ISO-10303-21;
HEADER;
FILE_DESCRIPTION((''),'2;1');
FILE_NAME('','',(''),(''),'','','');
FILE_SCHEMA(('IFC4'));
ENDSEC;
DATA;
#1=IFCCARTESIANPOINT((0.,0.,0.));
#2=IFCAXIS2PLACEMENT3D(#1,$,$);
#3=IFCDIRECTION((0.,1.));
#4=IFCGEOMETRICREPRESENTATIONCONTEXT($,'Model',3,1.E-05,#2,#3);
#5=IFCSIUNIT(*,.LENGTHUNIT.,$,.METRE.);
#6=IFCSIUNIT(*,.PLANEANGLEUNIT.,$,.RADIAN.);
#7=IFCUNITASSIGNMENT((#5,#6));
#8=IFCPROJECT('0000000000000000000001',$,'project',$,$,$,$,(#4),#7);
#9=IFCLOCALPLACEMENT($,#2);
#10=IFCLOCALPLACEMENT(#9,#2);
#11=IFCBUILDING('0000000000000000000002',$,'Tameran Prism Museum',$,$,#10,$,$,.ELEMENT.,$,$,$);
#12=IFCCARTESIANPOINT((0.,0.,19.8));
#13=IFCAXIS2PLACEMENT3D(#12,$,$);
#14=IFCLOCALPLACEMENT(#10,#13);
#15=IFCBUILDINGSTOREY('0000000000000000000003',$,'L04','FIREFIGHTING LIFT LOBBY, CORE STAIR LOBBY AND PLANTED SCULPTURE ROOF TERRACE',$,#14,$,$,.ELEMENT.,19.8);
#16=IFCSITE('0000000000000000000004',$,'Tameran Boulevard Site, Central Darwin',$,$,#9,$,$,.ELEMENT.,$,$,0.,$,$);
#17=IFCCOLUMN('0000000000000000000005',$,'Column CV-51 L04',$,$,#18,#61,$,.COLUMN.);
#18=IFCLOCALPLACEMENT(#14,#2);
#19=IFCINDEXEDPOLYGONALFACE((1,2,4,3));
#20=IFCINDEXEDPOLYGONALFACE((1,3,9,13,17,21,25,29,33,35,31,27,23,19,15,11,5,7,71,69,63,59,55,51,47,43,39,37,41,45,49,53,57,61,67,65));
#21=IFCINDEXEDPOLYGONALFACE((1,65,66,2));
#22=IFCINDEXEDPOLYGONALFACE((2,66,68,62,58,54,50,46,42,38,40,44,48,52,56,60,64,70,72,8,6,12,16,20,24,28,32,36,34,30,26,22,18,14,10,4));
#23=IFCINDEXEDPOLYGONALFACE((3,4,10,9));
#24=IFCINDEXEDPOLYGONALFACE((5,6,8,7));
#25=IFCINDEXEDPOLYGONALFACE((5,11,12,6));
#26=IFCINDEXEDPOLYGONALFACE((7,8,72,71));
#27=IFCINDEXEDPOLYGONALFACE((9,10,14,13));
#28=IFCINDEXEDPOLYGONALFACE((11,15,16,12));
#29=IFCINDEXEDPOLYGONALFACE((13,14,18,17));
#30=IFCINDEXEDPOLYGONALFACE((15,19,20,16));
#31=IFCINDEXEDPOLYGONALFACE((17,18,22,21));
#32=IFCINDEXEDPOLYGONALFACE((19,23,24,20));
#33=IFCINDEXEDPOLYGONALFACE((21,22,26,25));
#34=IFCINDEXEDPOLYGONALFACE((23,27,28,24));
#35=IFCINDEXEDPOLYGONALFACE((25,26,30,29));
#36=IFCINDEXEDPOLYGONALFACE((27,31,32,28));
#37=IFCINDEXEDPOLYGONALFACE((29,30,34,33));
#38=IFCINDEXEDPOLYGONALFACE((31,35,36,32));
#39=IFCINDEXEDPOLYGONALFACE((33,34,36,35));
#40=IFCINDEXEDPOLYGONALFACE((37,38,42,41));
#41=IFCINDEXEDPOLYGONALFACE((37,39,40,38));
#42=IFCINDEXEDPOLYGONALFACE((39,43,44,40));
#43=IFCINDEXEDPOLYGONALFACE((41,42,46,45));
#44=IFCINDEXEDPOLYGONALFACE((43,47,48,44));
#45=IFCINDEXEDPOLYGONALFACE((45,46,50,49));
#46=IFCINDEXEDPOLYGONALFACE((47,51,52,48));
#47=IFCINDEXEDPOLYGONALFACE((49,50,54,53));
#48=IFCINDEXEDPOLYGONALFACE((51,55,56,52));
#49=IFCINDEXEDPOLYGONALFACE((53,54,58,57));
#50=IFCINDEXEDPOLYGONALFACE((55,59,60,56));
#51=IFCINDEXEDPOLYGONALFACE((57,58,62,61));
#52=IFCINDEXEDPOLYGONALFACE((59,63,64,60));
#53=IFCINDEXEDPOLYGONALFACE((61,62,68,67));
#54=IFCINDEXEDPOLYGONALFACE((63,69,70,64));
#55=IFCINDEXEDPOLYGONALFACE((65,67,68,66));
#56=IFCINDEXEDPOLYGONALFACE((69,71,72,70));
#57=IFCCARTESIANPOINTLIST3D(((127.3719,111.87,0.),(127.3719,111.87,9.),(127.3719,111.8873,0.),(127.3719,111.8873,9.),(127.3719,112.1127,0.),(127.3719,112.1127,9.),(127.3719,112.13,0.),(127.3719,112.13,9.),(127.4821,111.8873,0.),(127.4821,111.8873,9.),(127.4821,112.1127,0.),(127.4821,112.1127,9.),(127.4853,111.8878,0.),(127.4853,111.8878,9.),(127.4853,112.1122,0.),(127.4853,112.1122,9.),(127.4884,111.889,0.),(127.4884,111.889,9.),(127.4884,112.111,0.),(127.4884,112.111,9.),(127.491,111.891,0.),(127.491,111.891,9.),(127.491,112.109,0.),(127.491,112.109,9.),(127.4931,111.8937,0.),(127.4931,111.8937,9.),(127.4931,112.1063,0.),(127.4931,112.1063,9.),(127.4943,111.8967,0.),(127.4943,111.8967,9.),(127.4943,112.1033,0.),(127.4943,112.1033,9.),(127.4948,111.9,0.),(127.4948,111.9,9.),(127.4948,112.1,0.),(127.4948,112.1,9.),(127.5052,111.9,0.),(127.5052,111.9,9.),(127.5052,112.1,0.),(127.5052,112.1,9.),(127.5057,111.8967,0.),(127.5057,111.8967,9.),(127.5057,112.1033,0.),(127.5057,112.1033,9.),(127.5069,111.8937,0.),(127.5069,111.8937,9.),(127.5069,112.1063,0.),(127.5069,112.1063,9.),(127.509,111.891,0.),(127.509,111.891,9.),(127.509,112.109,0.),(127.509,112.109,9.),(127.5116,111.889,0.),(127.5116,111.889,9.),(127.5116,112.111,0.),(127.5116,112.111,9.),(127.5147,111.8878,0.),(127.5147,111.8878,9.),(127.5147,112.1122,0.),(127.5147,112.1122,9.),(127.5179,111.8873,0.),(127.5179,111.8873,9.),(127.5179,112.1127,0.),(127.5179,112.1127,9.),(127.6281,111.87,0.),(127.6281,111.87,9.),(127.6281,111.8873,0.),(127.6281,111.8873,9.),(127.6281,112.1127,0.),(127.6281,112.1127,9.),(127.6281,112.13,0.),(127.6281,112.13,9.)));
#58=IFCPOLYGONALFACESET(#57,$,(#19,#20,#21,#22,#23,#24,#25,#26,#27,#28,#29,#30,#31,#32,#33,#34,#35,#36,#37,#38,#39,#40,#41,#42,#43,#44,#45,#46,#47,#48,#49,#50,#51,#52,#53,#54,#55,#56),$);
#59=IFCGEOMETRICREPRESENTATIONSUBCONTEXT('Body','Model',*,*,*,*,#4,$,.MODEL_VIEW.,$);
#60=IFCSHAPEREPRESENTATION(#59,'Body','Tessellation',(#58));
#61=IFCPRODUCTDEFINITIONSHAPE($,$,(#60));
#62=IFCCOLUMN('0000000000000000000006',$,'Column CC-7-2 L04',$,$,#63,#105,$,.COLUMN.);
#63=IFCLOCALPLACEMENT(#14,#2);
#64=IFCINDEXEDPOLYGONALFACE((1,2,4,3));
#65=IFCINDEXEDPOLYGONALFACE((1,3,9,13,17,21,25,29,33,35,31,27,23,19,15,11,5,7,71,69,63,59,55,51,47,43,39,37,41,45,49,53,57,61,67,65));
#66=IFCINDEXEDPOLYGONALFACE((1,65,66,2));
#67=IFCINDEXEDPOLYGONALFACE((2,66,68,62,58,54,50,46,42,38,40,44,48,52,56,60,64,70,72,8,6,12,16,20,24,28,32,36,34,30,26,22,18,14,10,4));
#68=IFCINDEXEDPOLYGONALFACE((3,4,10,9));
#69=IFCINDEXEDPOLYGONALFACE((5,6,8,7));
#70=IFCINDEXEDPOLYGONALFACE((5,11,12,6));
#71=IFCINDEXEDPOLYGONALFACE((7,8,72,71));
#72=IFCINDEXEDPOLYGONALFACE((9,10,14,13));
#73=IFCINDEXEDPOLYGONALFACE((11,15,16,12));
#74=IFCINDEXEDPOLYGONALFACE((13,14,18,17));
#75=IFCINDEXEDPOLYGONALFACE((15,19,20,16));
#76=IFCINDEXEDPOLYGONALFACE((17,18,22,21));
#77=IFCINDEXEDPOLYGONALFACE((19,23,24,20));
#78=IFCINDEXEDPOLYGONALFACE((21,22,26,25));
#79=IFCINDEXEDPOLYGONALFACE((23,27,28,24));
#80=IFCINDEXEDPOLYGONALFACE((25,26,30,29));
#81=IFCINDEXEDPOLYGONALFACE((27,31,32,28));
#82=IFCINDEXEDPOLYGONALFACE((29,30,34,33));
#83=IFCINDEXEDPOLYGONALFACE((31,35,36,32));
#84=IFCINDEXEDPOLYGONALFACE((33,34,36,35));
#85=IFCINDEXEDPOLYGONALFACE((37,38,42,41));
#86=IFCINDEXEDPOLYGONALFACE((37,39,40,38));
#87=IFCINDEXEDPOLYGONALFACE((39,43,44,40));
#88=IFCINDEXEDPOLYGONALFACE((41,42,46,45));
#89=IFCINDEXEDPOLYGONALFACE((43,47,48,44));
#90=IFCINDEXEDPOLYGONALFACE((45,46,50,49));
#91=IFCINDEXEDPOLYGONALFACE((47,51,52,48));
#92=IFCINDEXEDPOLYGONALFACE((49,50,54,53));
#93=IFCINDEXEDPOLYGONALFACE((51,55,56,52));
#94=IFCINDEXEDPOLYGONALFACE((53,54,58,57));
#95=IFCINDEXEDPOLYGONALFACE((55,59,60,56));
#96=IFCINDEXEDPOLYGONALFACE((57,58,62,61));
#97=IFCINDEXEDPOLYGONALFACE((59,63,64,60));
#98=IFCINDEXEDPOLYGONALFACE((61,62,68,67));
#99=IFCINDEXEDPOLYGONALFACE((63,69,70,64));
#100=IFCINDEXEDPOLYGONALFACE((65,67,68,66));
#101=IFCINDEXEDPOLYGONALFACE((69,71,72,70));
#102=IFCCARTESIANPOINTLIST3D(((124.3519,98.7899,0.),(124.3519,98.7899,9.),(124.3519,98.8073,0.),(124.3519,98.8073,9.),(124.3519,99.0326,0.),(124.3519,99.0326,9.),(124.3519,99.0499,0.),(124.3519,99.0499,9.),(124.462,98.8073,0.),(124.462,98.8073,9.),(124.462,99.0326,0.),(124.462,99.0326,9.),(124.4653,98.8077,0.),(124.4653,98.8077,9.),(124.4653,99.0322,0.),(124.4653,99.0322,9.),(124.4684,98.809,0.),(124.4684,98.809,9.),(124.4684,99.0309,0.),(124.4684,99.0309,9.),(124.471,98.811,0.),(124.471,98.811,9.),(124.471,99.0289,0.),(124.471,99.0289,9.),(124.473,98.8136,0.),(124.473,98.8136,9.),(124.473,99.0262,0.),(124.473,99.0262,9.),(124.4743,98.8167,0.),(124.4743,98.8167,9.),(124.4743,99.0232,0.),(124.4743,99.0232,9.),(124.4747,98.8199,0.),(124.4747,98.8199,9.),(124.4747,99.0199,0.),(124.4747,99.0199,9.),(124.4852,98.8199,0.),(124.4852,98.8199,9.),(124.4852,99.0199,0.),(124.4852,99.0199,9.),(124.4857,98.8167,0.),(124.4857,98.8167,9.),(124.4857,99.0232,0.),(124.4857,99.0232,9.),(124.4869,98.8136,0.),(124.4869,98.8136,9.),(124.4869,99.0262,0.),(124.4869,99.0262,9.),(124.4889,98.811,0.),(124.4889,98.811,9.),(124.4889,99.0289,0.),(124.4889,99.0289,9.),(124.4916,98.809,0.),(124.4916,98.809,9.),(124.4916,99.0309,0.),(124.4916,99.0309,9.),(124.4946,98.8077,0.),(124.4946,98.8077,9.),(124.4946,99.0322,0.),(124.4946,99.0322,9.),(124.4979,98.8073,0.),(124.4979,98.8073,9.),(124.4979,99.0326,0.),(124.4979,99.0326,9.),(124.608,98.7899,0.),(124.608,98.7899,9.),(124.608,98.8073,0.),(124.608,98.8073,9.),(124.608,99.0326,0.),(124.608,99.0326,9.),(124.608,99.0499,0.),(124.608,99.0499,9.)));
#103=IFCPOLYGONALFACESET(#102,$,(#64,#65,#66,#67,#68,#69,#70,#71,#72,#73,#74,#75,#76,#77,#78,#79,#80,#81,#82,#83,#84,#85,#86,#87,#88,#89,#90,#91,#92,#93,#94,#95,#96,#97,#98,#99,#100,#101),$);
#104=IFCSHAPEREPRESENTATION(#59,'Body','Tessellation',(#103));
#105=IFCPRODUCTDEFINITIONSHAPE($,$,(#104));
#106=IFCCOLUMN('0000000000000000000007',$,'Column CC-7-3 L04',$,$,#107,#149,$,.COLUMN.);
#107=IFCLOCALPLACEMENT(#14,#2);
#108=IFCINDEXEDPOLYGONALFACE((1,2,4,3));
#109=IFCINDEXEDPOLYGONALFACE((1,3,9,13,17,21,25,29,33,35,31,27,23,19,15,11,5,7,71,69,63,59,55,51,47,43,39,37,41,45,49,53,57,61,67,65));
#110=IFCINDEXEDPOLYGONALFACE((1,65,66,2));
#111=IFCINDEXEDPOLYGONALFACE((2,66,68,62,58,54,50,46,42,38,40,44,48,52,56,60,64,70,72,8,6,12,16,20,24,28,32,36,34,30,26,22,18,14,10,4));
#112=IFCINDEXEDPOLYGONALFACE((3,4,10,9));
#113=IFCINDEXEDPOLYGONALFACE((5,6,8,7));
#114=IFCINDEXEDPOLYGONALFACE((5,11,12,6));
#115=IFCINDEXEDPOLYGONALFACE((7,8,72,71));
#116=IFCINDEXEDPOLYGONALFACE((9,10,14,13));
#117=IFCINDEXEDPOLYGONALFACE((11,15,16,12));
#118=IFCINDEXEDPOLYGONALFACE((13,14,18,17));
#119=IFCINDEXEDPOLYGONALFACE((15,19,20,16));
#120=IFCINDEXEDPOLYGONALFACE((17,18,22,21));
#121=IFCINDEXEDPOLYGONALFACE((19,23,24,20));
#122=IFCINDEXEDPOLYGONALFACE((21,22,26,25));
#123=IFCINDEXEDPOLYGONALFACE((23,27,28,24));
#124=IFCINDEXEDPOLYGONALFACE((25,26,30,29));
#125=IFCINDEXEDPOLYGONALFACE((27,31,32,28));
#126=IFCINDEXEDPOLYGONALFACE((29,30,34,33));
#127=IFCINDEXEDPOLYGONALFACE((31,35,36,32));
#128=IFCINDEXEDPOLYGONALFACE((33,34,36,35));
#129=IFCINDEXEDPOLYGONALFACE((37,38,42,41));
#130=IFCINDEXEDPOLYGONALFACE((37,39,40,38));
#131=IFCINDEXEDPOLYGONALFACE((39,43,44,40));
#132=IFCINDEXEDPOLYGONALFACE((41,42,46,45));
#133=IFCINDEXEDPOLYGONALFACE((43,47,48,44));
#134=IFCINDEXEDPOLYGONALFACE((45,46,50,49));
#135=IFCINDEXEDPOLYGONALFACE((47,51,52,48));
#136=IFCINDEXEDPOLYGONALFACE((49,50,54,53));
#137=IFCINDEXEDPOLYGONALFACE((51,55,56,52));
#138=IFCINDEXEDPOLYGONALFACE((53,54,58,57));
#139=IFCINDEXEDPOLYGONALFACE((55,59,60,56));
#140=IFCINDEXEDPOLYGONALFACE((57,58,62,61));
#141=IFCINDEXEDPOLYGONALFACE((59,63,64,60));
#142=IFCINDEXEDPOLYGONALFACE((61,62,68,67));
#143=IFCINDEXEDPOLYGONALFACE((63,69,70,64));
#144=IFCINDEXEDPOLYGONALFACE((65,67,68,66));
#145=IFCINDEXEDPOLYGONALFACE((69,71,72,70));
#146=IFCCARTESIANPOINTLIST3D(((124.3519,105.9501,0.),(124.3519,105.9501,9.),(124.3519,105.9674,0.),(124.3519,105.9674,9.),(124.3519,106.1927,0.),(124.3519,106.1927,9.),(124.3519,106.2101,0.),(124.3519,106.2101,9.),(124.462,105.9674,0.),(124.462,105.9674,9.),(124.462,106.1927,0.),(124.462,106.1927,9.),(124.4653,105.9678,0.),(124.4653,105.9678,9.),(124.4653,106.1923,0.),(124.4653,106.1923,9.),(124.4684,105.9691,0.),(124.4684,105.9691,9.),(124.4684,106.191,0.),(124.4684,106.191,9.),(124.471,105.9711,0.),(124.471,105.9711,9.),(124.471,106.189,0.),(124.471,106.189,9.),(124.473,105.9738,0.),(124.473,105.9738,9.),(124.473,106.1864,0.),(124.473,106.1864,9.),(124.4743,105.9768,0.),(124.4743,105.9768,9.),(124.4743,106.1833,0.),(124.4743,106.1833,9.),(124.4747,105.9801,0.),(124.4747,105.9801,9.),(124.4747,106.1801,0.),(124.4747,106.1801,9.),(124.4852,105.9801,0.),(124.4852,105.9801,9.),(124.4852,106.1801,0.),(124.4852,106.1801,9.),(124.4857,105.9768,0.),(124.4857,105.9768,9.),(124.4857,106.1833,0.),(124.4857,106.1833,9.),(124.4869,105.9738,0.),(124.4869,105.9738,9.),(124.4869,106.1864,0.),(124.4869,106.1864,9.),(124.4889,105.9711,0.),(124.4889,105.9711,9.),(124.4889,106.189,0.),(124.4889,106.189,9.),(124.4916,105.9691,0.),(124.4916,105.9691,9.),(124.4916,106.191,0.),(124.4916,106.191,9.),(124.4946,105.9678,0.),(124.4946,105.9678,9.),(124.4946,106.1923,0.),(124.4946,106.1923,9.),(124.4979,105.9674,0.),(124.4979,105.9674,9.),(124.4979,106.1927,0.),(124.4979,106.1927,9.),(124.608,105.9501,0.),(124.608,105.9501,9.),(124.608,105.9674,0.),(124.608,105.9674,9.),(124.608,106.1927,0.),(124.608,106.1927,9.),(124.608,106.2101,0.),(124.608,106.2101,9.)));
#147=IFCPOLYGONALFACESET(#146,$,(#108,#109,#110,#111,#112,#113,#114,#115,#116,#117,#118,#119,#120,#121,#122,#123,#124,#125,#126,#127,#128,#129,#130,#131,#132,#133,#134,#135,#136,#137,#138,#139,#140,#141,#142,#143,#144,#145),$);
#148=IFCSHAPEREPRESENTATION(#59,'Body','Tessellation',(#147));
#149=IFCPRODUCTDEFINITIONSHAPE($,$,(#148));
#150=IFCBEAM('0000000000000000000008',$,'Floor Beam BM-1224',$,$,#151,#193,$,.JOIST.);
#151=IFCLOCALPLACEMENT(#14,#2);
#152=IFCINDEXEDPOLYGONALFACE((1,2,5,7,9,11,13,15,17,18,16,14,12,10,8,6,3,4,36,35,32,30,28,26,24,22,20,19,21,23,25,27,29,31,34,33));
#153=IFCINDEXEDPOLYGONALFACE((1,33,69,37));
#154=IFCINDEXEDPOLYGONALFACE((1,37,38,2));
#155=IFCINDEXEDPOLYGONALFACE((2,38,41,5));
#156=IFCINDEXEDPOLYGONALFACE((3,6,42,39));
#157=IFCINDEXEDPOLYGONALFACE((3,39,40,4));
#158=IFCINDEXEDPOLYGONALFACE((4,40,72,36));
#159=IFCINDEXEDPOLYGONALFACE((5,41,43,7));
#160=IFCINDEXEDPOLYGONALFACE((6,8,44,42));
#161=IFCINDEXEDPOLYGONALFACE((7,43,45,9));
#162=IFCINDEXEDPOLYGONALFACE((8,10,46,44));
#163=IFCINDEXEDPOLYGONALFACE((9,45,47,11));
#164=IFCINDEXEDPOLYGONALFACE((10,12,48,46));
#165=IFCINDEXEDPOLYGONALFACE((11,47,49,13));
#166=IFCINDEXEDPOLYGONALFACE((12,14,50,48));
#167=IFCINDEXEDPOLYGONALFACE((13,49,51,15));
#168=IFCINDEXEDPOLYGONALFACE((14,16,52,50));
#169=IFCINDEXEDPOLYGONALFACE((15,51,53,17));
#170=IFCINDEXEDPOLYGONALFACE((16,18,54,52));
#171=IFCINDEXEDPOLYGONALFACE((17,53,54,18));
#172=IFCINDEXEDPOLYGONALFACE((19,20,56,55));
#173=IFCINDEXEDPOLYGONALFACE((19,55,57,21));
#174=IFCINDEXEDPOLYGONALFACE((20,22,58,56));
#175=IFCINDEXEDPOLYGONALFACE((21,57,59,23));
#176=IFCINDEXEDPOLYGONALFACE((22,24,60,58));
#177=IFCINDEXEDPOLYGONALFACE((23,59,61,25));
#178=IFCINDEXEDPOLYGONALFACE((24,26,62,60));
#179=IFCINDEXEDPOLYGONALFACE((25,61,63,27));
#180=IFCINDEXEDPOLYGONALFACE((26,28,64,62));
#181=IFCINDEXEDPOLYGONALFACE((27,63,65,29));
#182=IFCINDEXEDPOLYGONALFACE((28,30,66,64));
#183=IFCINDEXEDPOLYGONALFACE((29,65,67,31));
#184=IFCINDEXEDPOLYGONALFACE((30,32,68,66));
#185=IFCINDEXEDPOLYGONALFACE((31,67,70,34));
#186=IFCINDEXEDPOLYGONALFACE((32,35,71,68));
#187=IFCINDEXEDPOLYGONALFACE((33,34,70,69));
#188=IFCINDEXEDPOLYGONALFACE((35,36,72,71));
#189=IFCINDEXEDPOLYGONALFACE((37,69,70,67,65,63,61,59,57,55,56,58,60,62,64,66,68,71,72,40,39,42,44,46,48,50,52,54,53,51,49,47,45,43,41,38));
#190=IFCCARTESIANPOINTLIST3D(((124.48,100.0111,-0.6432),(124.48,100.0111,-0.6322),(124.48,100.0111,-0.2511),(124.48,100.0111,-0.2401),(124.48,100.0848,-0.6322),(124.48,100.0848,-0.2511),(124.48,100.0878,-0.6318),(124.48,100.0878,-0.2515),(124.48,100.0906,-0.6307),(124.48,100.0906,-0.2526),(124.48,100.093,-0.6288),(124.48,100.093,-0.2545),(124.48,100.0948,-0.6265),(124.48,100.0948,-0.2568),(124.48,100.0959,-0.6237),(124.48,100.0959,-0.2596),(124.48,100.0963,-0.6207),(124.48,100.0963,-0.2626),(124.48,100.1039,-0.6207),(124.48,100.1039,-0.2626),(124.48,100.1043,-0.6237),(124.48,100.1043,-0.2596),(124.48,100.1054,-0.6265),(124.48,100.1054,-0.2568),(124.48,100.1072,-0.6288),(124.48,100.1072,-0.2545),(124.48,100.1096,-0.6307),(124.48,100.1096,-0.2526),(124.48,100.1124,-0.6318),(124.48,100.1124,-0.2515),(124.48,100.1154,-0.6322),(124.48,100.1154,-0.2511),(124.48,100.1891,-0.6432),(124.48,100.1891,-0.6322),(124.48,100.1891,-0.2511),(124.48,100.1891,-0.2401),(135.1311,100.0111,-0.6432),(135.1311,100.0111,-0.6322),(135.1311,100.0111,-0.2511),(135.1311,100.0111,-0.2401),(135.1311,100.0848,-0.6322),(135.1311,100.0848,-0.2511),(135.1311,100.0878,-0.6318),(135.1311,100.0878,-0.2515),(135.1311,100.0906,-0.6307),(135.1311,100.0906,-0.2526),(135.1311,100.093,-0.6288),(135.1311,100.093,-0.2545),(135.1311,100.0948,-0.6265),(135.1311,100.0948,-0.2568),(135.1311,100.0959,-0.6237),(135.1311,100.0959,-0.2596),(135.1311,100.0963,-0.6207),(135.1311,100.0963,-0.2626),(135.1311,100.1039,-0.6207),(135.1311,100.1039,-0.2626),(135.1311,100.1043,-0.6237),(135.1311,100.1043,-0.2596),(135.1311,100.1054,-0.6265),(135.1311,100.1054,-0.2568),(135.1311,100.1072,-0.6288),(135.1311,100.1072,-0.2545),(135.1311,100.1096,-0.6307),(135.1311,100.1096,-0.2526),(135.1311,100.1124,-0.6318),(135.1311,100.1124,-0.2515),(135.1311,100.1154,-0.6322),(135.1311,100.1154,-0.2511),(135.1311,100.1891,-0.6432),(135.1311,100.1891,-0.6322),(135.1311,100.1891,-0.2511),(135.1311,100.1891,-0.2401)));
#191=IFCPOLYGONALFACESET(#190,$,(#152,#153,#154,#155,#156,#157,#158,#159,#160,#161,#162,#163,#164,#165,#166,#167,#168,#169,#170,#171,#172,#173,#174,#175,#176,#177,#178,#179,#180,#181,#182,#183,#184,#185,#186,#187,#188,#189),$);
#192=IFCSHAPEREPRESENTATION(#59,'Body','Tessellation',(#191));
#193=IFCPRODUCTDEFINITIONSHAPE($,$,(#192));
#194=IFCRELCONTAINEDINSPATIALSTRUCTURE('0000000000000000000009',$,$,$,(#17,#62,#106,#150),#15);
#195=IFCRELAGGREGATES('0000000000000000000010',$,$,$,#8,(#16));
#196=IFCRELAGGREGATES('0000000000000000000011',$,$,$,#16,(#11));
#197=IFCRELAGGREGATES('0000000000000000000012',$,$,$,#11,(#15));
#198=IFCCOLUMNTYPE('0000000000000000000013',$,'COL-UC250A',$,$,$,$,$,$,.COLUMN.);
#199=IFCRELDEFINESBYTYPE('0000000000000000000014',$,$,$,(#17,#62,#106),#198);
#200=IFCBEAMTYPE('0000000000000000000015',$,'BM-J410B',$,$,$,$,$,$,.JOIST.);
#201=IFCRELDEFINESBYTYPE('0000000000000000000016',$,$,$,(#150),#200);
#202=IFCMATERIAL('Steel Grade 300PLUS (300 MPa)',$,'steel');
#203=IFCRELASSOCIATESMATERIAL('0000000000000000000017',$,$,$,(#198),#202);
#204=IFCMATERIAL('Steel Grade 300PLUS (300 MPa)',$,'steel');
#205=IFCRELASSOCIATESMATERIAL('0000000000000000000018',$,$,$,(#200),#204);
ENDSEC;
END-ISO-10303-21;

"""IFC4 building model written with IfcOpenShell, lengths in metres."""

from ifc_helpers import new_model, si_unit, direction, frame, origin, origin_2d, place, context, subcontext, project, spatial, i_section, extrude, material, material_profile, profile_set, type_object, element, save


model = new_model("IFC4")

# Units and contexts
model_context = context("Model", 3, precision=1e-05, world=origin(), true_north=direction((0.0, 1.0)))
body_context = subcontext(model_context, "Body", "Model", "MODEL_VIEW")
ifc_project = project(units=[si_unit("LENGTHUNIT", "METRE"), si_unit("PLANEANGLEUNIT", "RADIAN")], contexts=[model_context])

# Site, building, storey
site_placement = place(None, origin())
site = spatial("IfcSite", under=ifc_project, at=site_placement, Name="Tameran Boulevard Site, Central Darwin", CompositionType="ELEMENT", RefElevation=0.0)
building_placement = place(site_placement, origin())
building = spatial("IfcBuilding", under=site, at=building_placement, Name="Tameran Prism Museum", CompositionType="ELEMENT")
storey_placement = place(building_placement, frame((0.0, 0.0, 19.8)))
storey = spatial("IfcBuildingStorey", under=building, at=storey_placement, Name="L04", Description="FIREFIGHTING LIFT LOBBY, CORE STAIR LOBBY AND PLANTED SCULPTURE ROOF TERRACE", CompositionType="ELEMENT", Elevation=19.8)

# Columns
ifc_material_1 = material(Name="Steel Grade 300PLUS (300 MPa)", Category="steel")
ifc_material_profile_1 = material_profile(ifc_material_1, i_section(OverallWidth=0.2561, OverallDepth=0.26, WebThickness=0.0105, FlangeThickness=0.0173, FilletRadius=0.0127, at=origin_2d()))
ifc_profile_set_1 = profile_set([ifc_material_profile_1])
column_type = type_object("IfcColumnType", Name="COL-UC250A", PredefinedType="COLUMN", material=ifc_profile_set_1)
for number, where, z_axis, x_axis, name in (
    (1, (127.5, 112.0, 0.0), (0.0, 0.0, 1.0), (1.0, 0.0, 0.0), "Column CV-51 L04"),
    (2, (124.48, 98.9199, 0.0), (0.0, 0.0, 1.0), (1.0, 0.0, 0.0), "Column CC-7-2 L04"),
    (3, (124.48, 106.0801, 0.0), (0.0, 0.0, 1.0), (1.0, 0.0, 0.0), "Column CC-7-3 L04"),
):
    element("IfcColumn", number, at=place(storey_placement, frame(where, z_axis=z_axis, x_axis=x_axis)), inside=storey, type_object=column_type, Name=name, PredefinedType="COLUMN", context=body_context, shape_type="SweptSolid", body=[
        extrude(i_section(OverallWidth=0.2561, OverallDepth=0.26, WebThickness=0.0105, FlangeThickness=0.0173, FilletRadius=0.0127, at=origin_2d()), origin(), (0.0, 0.0, 1.0), 9.0),
    ])

# Beam
ifc_material_2 = material(Name="Steel Grade 300PLUS (300 MPa)", Category="steel")
ifc_material_profile_2 = material_profile(ifc_material_2, i_section(OverallWidth=0.178, OverallDepth=0.4031, WebThickness=0.0076, FlangeThickness=0.011, FilletRadius=0.0115, at=origin_2d()))
ifc_profile_set_2 = profile_set([ifc_material_profile_2])
beam_type_1 = type_object("IfcBeamType", Name="BM-J410B", PredefinedType="JOIST", material=ifc_profile_set_2)
beam_1_placement = place(storey_placement, frame((124.48, 100.1001, -0.4417), z_axis=(1.0, 0.0, 0.0), x_axis=(0.0, 1.0, 0.0)))
element("IfcBeam", 4, at=beam_1_placement, inside=storey, type_object=beam_type_1, Name="Floor Beam BM-1224", PredefinedType="JOIST", context=body_context, shape_type="SweptSolid", body=[
    extrude(i_section(OverallWidth=0.178, OverallDepth=0.4031, WebThickness=0.0076, FlangeThickness=0.011, FilletRadius=0.0115, at=origin_2d()), origin(), (0.0, 0.0, 1.0), 10.6511),
])

save(model, "model.ifc")
